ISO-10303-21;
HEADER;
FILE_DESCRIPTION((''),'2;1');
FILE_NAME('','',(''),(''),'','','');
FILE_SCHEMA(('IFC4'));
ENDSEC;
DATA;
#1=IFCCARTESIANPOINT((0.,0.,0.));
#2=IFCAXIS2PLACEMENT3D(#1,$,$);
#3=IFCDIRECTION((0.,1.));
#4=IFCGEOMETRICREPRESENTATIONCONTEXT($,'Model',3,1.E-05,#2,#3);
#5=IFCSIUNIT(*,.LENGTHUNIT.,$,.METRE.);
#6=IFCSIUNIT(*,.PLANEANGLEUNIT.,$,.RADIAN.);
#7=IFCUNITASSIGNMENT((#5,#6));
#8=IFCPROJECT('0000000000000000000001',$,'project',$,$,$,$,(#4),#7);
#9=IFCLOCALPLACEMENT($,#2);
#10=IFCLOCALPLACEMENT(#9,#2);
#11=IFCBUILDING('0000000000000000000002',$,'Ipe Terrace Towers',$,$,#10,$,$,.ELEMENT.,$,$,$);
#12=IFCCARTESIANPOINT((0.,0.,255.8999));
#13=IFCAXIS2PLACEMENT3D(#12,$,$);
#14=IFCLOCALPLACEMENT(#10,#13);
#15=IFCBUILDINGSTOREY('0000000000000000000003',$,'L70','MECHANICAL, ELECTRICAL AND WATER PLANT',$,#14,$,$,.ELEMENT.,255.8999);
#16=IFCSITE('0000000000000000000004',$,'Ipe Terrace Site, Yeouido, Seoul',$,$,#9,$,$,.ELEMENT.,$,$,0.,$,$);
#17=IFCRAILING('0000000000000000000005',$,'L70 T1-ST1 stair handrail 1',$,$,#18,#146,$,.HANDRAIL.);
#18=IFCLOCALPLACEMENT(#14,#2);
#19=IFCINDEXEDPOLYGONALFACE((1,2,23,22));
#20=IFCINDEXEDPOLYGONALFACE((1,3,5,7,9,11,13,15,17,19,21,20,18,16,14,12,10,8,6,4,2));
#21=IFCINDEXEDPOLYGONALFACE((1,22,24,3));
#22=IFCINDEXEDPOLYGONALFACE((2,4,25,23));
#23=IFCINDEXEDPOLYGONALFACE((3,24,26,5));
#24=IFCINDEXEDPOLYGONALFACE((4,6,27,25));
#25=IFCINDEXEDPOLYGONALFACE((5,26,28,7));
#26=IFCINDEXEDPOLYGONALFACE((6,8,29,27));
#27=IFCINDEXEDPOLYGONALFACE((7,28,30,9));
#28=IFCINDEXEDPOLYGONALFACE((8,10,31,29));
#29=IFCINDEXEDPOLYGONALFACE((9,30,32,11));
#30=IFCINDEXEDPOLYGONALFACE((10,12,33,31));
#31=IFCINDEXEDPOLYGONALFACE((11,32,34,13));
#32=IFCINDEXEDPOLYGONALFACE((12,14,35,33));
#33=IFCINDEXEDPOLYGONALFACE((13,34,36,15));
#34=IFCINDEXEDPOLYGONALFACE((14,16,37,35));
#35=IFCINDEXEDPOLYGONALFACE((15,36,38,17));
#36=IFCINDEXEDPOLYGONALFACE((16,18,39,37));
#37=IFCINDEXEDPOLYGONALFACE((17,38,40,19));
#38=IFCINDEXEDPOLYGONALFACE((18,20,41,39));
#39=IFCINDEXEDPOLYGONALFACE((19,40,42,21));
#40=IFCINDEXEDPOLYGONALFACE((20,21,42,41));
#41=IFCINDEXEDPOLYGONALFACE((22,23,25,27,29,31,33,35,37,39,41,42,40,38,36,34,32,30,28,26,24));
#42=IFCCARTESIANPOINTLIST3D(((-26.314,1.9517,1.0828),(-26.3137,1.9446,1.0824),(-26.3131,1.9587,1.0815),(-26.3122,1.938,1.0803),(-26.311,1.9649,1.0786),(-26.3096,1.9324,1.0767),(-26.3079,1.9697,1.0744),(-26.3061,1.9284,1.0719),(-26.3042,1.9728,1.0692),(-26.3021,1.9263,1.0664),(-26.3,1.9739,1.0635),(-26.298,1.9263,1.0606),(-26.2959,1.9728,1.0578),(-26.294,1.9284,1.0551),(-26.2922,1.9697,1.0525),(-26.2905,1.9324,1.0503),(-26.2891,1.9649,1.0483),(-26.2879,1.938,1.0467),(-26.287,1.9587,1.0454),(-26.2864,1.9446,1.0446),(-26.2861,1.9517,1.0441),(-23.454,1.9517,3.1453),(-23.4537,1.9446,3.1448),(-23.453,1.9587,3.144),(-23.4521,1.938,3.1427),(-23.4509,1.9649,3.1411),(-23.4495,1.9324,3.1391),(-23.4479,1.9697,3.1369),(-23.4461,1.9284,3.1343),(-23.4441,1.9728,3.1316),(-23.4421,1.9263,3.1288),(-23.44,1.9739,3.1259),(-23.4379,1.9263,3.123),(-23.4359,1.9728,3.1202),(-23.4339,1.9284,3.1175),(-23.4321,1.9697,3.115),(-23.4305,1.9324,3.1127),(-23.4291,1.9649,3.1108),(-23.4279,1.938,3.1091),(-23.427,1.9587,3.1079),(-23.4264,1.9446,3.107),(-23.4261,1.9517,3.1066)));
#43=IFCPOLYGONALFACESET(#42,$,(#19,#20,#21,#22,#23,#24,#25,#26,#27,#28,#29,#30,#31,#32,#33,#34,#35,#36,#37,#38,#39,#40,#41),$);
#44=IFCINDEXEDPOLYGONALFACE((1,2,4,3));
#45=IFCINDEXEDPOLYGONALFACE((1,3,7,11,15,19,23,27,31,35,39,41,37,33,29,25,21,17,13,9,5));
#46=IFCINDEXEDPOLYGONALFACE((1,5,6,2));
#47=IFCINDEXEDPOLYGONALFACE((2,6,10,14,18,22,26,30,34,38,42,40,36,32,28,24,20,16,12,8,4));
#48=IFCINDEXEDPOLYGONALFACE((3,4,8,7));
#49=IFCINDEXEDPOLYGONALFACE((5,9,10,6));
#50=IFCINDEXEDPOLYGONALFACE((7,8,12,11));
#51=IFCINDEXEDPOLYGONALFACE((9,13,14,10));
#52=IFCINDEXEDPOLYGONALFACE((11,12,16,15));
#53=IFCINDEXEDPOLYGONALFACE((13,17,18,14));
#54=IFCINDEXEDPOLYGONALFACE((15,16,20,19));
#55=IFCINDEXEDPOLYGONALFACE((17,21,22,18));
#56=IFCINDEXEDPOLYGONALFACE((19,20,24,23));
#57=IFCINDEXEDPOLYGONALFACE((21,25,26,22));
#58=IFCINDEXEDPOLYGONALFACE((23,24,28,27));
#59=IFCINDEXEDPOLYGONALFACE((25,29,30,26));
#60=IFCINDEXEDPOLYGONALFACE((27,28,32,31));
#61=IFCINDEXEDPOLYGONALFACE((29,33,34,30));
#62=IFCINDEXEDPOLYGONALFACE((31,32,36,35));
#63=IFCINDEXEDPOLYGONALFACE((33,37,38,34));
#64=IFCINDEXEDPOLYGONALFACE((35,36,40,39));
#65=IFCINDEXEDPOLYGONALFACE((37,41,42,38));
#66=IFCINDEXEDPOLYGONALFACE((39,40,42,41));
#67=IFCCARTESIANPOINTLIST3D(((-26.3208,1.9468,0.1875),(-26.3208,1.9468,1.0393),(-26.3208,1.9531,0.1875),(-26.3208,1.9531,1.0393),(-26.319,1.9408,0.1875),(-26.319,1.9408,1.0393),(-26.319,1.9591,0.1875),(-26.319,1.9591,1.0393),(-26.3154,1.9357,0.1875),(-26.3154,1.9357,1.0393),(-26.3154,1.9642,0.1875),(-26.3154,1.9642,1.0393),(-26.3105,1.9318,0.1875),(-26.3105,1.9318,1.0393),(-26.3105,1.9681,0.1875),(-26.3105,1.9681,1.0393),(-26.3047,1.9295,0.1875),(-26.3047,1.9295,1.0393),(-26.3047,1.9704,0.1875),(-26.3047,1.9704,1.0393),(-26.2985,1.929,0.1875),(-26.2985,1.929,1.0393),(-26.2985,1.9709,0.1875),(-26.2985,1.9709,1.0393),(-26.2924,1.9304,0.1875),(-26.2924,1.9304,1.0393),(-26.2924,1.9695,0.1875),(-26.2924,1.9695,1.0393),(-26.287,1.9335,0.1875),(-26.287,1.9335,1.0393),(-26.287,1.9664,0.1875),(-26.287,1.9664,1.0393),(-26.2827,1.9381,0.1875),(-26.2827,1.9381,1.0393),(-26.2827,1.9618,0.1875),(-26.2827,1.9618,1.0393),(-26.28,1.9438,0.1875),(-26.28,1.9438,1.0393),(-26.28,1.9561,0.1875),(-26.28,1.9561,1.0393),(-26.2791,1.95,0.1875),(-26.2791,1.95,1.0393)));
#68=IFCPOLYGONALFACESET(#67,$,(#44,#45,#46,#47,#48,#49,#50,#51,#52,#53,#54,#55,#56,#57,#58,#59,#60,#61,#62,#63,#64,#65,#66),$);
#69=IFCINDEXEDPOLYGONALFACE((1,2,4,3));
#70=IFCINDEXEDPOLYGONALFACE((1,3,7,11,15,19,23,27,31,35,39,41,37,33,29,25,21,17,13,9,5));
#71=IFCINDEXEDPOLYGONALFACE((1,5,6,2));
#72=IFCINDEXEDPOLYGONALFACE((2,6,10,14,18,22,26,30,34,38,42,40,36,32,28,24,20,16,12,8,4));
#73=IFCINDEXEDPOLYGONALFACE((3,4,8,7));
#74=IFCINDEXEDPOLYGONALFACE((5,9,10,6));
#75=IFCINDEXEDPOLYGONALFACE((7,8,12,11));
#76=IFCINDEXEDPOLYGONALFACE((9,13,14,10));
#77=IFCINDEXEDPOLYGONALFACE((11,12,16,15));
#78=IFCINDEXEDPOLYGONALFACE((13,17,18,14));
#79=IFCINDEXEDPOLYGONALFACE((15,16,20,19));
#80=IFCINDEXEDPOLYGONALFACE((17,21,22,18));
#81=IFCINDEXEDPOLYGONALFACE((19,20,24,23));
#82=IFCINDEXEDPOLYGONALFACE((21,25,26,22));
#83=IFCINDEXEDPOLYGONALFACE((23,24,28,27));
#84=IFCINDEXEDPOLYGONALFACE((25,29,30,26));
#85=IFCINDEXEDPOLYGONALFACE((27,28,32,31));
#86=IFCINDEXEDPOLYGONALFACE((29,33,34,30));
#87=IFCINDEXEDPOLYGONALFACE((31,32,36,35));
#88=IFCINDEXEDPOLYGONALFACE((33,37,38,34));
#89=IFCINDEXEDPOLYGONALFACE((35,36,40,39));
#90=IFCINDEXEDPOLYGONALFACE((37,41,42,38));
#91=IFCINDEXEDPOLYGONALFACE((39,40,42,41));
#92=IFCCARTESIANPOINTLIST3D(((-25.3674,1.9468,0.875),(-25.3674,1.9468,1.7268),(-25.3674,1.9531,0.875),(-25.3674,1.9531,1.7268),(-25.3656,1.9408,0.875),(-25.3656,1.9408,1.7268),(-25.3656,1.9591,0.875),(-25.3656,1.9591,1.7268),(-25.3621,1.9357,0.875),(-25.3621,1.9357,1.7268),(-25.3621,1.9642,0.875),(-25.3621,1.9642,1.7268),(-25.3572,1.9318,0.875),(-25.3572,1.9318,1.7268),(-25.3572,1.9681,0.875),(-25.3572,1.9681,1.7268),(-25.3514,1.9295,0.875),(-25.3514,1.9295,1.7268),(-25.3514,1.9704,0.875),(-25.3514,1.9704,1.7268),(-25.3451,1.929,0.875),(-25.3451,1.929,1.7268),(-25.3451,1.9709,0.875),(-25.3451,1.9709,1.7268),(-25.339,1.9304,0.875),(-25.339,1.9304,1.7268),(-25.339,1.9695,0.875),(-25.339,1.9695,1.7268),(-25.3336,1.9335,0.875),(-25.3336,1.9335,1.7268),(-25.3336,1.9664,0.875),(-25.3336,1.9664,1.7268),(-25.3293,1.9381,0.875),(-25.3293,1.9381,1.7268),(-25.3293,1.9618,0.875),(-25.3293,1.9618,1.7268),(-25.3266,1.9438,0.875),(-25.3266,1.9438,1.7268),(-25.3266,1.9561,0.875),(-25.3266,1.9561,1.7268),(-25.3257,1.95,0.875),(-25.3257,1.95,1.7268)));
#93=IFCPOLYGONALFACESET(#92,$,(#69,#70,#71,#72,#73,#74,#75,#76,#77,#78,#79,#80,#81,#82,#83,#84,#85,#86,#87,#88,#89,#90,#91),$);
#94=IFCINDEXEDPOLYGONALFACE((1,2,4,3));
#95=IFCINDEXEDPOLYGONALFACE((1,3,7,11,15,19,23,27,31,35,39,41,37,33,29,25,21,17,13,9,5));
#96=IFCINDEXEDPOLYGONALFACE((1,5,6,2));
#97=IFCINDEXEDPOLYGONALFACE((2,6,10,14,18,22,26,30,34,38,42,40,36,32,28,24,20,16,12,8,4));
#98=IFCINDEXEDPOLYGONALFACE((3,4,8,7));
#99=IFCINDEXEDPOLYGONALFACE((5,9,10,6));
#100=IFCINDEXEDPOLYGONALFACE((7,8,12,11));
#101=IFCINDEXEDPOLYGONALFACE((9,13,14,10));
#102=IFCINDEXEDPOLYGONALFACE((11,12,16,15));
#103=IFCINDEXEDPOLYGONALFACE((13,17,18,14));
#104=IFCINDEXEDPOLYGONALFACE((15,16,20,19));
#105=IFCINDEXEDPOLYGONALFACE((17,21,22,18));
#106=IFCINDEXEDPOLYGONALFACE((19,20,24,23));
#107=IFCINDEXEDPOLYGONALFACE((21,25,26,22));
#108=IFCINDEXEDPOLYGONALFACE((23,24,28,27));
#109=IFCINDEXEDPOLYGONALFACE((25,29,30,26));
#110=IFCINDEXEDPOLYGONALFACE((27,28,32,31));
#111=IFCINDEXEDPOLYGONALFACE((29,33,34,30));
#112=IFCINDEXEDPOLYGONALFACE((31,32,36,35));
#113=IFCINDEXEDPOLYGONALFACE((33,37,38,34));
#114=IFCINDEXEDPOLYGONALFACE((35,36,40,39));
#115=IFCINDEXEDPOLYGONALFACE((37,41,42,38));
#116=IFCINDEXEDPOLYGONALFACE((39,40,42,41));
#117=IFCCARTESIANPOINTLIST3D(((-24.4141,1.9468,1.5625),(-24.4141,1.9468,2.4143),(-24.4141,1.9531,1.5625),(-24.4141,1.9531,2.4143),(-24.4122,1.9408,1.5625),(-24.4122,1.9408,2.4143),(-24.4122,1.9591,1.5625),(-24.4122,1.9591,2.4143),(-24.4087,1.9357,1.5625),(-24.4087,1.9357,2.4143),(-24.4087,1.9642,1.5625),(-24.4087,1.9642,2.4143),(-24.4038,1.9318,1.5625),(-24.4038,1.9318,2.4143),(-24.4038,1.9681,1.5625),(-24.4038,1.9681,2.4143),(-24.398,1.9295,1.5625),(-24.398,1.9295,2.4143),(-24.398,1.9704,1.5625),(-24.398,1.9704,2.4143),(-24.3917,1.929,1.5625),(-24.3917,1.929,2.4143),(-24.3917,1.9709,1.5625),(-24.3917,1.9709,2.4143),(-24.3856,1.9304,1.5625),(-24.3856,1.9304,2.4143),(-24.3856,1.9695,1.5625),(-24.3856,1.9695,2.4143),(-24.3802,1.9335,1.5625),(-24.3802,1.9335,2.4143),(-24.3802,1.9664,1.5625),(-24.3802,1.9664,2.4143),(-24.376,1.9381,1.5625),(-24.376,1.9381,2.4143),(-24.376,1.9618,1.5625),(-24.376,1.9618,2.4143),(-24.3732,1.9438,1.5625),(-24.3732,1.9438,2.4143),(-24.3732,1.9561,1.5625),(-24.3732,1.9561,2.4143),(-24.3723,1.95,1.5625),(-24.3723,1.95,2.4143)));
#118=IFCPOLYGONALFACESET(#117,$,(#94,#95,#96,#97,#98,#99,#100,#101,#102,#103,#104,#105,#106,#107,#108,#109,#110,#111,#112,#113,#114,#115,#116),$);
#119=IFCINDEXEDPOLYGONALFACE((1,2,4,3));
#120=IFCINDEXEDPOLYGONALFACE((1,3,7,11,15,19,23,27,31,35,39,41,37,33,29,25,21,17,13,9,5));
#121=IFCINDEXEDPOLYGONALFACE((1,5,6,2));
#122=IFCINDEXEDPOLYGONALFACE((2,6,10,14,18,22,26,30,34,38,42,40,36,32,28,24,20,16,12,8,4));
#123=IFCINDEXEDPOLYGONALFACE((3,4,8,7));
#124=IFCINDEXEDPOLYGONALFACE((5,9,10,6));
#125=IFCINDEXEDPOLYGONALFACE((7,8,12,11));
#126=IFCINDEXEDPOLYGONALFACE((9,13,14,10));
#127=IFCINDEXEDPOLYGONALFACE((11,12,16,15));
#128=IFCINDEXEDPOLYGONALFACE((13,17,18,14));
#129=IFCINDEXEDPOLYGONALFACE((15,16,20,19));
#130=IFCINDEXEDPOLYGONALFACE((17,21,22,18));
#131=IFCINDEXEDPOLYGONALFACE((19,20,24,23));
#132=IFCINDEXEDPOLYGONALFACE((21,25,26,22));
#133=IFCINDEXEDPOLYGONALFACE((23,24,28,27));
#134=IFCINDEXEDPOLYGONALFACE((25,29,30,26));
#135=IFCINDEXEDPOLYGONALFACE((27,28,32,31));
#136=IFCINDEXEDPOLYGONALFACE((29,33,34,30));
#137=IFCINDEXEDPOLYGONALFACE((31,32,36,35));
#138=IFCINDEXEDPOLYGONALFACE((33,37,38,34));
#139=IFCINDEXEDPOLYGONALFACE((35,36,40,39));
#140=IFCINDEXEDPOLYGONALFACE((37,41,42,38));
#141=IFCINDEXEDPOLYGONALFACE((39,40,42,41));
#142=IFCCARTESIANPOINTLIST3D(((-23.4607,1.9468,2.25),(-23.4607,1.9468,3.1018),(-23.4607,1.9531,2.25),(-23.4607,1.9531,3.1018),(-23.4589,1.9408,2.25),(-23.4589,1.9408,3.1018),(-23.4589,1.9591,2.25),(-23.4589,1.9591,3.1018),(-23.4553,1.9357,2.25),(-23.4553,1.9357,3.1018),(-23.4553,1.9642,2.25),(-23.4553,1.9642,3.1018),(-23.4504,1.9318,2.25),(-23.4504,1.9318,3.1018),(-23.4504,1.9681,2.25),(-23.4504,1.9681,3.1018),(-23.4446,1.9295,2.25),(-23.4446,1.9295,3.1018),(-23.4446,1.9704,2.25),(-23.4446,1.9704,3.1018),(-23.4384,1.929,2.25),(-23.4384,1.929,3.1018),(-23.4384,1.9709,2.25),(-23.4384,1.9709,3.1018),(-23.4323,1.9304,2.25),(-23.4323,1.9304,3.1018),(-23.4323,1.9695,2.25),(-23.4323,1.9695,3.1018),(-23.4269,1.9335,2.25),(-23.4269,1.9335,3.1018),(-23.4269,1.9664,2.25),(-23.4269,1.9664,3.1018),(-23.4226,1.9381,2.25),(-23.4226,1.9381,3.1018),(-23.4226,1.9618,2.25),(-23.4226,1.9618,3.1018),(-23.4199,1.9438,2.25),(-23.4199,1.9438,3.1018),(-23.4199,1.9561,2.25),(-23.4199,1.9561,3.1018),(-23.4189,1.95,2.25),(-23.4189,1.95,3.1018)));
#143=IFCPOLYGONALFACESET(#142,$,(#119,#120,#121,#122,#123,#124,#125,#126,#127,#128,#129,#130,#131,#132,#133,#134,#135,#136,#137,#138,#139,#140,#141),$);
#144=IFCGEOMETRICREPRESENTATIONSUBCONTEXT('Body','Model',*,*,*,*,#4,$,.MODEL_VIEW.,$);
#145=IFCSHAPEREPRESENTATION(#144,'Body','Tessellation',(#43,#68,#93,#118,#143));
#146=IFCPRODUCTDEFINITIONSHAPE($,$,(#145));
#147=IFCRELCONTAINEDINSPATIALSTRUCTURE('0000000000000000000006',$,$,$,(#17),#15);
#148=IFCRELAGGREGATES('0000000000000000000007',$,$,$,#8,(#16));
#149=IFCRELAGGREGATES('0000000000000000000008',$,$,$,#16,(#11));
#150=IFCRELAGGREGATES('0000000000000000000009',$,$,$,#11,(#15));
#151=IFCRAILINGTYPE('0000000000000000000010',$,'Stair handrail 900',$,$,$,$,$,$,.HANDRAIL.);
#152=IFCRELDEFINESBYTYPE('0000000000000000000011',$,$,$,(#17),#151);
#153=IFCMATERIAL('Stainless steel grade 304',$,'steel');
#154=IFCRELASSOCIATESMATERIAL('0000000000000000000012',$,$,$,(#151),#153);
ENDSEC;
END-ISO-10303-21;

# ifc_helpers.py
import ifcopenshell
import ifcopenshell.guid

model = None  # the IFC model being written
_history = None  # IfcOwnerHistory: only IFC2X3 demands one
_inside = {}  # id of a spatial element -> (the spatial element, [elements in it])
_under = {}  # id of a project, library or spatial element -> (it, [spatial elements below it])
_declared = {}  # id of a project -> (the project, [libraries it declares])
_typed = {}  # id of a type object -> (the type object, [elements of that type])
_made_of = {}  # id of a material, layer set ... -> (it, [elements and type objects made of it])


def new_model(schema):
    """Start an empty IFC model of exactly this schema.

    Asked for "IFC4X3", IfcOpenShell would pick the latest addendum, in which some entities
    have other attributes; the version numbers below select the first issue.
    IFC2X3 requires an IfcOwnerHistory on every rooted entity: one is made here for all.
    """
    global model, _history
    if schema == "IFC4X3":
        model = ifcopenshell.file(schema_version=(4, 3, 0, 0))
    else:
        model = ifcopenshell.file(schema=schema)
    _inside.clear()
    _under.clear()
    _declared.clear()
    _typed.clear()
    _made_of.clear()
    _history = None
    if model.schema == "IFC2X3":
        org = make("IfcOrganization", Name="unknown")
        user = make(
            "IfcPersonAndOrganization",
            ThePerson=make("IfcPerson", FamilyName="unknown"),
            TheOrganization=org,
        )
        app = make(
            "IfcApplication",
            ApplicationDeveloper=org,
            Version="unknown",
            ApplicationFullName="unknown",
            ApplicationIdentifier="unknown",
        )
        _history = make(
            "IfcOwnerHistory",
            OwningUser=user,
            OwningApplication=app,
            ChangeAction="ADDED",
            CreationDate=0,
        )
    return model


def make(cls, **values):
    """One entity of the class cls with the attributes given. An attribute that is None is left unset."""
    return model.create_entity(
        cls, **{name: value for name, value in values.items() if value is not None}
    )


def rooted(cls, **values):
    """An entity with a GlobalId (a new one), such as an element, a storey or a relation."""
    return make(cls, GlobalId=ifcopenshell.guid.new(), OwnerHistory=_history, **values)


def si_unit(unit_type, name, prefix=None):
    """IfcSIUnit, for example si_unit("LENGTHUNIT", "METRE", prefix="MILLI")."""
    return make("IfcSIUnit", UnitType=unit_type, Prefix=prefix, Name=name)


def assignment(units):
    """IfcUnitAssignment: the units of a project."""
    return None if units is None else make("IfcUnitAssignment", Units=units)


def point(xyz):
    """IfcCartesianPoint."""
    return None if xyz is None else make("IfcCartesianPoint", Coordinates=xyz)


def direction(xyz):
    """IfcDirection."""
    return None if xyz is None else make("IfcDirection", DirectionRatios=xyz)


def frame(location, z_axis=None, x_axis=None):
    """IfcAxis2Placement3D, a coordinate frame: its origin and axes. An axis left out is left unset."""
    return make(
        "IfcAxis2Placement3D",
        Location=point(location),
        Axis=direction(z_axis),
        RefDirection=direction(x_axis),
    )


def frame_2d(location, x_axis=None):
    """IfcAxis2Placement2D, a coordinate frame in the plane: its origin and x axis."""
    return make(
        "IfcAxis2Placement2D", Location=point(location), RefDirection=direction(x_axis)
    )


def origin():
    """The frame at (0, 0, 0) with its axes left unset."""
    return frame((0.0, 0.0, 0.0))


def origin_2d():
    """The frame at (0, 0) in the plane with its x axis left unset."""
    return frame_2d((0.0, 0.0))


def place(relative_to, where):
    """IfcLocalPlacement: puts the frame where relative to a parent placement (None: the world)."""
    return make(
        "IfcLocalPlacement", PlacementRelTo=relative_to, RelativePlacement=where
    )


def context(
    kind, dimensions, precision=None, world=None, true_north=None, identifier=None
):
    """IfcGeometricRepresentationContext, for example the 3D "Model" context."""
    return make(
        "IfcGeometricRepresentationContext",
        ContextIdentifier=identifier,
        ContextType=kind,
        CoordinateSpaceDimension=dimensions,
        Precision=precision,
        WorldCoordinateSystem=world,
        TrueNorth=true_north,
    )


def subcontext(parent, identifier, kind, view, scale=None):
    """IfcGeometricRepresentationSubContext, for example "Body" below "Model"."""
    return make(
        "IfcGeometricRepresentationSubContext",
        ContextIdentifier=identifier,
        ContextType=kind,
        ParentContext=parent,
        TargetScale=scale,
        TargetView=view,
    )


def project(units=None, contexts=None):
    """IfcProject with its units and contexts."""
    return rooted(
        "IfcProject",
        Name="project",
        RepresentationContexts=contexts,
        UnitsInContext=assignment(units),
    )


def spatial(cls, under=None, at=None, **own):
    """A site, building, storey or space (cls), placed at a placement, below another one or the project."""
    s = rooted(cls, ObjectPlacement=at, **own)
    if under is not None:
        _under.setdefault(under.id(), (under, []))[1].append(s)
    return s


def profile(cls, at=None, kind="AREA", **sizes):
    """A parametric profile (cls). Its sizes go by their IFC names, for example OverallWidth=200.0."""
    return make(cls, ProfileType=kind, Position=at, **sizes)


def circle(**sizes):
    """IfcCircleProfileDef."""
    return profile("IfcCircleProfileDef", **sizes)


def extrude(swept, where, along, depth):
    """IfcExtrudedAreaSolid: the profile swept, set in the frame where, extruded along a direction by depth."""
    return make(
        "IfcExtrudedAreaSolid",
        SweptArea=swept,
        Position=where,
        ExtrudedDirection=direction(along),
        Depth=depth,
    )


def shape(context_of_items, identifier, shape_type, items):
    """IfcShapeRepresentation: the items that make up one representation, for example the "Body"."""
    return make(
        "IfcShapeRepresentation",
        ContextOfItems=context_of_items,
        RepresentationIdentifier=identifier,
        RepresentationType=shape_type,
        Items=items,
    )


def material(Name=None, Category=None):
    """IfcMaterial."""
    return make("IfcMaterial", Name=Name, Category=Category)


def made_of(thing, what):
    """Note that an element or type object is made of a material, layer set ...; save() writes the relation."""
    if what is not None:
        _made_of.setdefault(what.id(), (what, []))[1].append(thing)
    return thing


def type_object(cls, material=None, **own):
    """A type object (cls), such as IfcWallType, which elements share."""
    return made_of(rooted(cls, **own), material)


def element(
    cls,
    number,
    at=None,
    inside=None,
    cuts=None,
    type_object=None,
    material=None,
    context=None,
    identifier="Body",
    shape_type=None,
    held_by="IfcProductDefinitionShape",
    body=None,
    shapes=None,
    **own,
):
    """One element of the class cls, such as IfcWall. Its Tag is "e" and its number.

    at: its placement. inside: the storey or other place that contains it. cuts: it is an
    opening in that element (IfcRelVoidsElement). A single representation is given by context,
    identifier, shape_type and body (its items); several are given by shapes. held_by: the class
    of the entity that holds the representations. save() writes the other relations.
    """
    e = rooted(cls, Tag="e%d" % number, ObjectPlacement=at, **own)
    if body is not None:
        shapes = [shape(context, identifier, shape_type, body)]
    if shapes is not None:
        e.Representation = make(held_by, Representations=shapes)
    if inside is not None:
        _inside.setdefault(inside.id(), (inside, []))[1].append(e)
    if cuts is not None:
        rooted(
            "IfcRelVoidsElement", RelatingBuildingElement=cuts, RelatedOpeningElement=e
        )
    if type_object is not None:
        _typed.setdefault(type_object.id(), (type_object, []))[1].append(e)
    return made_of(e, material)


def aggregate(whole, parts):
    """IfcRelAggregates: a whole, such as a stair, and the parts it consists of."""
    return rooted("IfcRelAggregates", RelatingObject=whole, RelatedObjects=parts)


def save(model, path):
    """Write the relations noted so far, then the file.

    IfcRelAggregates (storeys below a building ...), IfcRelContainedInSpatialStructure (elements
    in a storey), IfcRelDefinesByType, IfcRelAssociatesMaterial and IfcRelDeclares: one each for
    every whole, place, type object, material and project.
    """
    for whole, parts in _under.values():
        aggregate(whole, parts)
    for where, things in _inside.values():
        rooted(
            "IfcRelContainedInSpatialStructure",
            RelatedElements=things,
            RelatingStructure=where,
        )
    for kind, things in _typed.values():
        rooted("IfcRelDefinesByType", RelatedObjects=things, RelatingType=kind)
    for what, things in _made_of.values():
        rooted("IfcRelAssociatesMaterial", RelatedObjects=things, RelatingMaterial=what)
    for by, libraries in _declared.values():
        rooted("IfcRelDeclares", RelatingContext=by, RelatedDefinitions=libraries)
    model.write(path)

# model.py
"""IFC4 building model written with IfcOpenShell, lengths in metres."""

from ifc_helpers import new_model, si_unit, direction, frame, origin, origin_2d, place, context, subcontext, project, spatial, circle, extrude, material, type_object, element, save


model = new_model("IFC4")

# Units and contexts
model_context = context("Model", 3, precision=1e-05, world=origin(), true_north=direction((0.0, 1.0)))
body_context = subcontext(model_context, "Body", "Model", "MODEL_VIEW")
ifc_project = project(units=[si_unit("LENGTHUNIT", "METRE"), si_unit("PLANEANGLEUNIT", "RADIAN")], contexts=[model_context])

# Site, building, storey
site_placement = place(None, origin())
site = spatial("IfcSite", under=ifc_project, at=site_placement, Name="Ipe Terrace Site, Yeouido, Seoul", CompositionType="ELEMENT", RefElevation=0.0)
building_placement = place(site_placement, origin())
building = spatial("IfcBuilding", under=site, at=building_placement, Name="Ipe Terrace Towers", CompositionType="ELEMENT")
storey_placement = place(building_placement, frame((0.0, 0.0, 255.8999)))
storey = spatial("IfcBuildingStorey", under=building, at=storey_placement, Name="L70", Description="MECHANICAL, ELECTRICAL AND WATER PLANT", CompositionType="ELEMENT", Elevation=255.8999)

# Railing
ifc_material_1 = material(Name="Stainless steel grade 304", Category="steel")
railing_type_1 = type_object("IfcRailingType", Name="Stair handrail 900", PredefinedType="HANDRAIL", material=ifc_material_1)
railing_1_placement = place(storey_placement, frame((-26.3, 1.95, 0.1875)))
element("IfcRailing", 1, at=railing_1_placement, inside=storey, type_object=railing_type_1, Name="L70 T1-ST1 stair handrail 1", PredefinedType="HANDRAIL", context=body_context, shape_type="SweptSolid", body=[
    extrude(circle(Radius=0.0239, at=origin_2d()), frame((0.0, 0.0, 0.876), z_axis=(0.811101, 0.0, 0.584906), x_axis=(0.0, 1.0, 0.0)), (0.0, 0.0, 1.0), 3.5261),
    extrude(circle(Radius=0.021, at=origin_2d()), origin(), (0.0, 0.0, 1.0), 0.8518),
    extrude(circle(Radius=0.021, at=origin_2d()), frame((0.9534, 0.0, 0.6875)), (0.0, 0.0, 1.0), 0.8518),
    extrude(circle(Radius=0.021, at=origin_2d()), frame((1.9067, 0.0, 1.375)), (0.0, 0.0, 1.0), 0.8518),
    extrude(circle(Radius=0.021, at=origin_2d()), frame((2.8601, 0.0, 2.0625)), (0.0, 0.0, 1.0), 0.8518),
])

save(model, "model.ifc")
